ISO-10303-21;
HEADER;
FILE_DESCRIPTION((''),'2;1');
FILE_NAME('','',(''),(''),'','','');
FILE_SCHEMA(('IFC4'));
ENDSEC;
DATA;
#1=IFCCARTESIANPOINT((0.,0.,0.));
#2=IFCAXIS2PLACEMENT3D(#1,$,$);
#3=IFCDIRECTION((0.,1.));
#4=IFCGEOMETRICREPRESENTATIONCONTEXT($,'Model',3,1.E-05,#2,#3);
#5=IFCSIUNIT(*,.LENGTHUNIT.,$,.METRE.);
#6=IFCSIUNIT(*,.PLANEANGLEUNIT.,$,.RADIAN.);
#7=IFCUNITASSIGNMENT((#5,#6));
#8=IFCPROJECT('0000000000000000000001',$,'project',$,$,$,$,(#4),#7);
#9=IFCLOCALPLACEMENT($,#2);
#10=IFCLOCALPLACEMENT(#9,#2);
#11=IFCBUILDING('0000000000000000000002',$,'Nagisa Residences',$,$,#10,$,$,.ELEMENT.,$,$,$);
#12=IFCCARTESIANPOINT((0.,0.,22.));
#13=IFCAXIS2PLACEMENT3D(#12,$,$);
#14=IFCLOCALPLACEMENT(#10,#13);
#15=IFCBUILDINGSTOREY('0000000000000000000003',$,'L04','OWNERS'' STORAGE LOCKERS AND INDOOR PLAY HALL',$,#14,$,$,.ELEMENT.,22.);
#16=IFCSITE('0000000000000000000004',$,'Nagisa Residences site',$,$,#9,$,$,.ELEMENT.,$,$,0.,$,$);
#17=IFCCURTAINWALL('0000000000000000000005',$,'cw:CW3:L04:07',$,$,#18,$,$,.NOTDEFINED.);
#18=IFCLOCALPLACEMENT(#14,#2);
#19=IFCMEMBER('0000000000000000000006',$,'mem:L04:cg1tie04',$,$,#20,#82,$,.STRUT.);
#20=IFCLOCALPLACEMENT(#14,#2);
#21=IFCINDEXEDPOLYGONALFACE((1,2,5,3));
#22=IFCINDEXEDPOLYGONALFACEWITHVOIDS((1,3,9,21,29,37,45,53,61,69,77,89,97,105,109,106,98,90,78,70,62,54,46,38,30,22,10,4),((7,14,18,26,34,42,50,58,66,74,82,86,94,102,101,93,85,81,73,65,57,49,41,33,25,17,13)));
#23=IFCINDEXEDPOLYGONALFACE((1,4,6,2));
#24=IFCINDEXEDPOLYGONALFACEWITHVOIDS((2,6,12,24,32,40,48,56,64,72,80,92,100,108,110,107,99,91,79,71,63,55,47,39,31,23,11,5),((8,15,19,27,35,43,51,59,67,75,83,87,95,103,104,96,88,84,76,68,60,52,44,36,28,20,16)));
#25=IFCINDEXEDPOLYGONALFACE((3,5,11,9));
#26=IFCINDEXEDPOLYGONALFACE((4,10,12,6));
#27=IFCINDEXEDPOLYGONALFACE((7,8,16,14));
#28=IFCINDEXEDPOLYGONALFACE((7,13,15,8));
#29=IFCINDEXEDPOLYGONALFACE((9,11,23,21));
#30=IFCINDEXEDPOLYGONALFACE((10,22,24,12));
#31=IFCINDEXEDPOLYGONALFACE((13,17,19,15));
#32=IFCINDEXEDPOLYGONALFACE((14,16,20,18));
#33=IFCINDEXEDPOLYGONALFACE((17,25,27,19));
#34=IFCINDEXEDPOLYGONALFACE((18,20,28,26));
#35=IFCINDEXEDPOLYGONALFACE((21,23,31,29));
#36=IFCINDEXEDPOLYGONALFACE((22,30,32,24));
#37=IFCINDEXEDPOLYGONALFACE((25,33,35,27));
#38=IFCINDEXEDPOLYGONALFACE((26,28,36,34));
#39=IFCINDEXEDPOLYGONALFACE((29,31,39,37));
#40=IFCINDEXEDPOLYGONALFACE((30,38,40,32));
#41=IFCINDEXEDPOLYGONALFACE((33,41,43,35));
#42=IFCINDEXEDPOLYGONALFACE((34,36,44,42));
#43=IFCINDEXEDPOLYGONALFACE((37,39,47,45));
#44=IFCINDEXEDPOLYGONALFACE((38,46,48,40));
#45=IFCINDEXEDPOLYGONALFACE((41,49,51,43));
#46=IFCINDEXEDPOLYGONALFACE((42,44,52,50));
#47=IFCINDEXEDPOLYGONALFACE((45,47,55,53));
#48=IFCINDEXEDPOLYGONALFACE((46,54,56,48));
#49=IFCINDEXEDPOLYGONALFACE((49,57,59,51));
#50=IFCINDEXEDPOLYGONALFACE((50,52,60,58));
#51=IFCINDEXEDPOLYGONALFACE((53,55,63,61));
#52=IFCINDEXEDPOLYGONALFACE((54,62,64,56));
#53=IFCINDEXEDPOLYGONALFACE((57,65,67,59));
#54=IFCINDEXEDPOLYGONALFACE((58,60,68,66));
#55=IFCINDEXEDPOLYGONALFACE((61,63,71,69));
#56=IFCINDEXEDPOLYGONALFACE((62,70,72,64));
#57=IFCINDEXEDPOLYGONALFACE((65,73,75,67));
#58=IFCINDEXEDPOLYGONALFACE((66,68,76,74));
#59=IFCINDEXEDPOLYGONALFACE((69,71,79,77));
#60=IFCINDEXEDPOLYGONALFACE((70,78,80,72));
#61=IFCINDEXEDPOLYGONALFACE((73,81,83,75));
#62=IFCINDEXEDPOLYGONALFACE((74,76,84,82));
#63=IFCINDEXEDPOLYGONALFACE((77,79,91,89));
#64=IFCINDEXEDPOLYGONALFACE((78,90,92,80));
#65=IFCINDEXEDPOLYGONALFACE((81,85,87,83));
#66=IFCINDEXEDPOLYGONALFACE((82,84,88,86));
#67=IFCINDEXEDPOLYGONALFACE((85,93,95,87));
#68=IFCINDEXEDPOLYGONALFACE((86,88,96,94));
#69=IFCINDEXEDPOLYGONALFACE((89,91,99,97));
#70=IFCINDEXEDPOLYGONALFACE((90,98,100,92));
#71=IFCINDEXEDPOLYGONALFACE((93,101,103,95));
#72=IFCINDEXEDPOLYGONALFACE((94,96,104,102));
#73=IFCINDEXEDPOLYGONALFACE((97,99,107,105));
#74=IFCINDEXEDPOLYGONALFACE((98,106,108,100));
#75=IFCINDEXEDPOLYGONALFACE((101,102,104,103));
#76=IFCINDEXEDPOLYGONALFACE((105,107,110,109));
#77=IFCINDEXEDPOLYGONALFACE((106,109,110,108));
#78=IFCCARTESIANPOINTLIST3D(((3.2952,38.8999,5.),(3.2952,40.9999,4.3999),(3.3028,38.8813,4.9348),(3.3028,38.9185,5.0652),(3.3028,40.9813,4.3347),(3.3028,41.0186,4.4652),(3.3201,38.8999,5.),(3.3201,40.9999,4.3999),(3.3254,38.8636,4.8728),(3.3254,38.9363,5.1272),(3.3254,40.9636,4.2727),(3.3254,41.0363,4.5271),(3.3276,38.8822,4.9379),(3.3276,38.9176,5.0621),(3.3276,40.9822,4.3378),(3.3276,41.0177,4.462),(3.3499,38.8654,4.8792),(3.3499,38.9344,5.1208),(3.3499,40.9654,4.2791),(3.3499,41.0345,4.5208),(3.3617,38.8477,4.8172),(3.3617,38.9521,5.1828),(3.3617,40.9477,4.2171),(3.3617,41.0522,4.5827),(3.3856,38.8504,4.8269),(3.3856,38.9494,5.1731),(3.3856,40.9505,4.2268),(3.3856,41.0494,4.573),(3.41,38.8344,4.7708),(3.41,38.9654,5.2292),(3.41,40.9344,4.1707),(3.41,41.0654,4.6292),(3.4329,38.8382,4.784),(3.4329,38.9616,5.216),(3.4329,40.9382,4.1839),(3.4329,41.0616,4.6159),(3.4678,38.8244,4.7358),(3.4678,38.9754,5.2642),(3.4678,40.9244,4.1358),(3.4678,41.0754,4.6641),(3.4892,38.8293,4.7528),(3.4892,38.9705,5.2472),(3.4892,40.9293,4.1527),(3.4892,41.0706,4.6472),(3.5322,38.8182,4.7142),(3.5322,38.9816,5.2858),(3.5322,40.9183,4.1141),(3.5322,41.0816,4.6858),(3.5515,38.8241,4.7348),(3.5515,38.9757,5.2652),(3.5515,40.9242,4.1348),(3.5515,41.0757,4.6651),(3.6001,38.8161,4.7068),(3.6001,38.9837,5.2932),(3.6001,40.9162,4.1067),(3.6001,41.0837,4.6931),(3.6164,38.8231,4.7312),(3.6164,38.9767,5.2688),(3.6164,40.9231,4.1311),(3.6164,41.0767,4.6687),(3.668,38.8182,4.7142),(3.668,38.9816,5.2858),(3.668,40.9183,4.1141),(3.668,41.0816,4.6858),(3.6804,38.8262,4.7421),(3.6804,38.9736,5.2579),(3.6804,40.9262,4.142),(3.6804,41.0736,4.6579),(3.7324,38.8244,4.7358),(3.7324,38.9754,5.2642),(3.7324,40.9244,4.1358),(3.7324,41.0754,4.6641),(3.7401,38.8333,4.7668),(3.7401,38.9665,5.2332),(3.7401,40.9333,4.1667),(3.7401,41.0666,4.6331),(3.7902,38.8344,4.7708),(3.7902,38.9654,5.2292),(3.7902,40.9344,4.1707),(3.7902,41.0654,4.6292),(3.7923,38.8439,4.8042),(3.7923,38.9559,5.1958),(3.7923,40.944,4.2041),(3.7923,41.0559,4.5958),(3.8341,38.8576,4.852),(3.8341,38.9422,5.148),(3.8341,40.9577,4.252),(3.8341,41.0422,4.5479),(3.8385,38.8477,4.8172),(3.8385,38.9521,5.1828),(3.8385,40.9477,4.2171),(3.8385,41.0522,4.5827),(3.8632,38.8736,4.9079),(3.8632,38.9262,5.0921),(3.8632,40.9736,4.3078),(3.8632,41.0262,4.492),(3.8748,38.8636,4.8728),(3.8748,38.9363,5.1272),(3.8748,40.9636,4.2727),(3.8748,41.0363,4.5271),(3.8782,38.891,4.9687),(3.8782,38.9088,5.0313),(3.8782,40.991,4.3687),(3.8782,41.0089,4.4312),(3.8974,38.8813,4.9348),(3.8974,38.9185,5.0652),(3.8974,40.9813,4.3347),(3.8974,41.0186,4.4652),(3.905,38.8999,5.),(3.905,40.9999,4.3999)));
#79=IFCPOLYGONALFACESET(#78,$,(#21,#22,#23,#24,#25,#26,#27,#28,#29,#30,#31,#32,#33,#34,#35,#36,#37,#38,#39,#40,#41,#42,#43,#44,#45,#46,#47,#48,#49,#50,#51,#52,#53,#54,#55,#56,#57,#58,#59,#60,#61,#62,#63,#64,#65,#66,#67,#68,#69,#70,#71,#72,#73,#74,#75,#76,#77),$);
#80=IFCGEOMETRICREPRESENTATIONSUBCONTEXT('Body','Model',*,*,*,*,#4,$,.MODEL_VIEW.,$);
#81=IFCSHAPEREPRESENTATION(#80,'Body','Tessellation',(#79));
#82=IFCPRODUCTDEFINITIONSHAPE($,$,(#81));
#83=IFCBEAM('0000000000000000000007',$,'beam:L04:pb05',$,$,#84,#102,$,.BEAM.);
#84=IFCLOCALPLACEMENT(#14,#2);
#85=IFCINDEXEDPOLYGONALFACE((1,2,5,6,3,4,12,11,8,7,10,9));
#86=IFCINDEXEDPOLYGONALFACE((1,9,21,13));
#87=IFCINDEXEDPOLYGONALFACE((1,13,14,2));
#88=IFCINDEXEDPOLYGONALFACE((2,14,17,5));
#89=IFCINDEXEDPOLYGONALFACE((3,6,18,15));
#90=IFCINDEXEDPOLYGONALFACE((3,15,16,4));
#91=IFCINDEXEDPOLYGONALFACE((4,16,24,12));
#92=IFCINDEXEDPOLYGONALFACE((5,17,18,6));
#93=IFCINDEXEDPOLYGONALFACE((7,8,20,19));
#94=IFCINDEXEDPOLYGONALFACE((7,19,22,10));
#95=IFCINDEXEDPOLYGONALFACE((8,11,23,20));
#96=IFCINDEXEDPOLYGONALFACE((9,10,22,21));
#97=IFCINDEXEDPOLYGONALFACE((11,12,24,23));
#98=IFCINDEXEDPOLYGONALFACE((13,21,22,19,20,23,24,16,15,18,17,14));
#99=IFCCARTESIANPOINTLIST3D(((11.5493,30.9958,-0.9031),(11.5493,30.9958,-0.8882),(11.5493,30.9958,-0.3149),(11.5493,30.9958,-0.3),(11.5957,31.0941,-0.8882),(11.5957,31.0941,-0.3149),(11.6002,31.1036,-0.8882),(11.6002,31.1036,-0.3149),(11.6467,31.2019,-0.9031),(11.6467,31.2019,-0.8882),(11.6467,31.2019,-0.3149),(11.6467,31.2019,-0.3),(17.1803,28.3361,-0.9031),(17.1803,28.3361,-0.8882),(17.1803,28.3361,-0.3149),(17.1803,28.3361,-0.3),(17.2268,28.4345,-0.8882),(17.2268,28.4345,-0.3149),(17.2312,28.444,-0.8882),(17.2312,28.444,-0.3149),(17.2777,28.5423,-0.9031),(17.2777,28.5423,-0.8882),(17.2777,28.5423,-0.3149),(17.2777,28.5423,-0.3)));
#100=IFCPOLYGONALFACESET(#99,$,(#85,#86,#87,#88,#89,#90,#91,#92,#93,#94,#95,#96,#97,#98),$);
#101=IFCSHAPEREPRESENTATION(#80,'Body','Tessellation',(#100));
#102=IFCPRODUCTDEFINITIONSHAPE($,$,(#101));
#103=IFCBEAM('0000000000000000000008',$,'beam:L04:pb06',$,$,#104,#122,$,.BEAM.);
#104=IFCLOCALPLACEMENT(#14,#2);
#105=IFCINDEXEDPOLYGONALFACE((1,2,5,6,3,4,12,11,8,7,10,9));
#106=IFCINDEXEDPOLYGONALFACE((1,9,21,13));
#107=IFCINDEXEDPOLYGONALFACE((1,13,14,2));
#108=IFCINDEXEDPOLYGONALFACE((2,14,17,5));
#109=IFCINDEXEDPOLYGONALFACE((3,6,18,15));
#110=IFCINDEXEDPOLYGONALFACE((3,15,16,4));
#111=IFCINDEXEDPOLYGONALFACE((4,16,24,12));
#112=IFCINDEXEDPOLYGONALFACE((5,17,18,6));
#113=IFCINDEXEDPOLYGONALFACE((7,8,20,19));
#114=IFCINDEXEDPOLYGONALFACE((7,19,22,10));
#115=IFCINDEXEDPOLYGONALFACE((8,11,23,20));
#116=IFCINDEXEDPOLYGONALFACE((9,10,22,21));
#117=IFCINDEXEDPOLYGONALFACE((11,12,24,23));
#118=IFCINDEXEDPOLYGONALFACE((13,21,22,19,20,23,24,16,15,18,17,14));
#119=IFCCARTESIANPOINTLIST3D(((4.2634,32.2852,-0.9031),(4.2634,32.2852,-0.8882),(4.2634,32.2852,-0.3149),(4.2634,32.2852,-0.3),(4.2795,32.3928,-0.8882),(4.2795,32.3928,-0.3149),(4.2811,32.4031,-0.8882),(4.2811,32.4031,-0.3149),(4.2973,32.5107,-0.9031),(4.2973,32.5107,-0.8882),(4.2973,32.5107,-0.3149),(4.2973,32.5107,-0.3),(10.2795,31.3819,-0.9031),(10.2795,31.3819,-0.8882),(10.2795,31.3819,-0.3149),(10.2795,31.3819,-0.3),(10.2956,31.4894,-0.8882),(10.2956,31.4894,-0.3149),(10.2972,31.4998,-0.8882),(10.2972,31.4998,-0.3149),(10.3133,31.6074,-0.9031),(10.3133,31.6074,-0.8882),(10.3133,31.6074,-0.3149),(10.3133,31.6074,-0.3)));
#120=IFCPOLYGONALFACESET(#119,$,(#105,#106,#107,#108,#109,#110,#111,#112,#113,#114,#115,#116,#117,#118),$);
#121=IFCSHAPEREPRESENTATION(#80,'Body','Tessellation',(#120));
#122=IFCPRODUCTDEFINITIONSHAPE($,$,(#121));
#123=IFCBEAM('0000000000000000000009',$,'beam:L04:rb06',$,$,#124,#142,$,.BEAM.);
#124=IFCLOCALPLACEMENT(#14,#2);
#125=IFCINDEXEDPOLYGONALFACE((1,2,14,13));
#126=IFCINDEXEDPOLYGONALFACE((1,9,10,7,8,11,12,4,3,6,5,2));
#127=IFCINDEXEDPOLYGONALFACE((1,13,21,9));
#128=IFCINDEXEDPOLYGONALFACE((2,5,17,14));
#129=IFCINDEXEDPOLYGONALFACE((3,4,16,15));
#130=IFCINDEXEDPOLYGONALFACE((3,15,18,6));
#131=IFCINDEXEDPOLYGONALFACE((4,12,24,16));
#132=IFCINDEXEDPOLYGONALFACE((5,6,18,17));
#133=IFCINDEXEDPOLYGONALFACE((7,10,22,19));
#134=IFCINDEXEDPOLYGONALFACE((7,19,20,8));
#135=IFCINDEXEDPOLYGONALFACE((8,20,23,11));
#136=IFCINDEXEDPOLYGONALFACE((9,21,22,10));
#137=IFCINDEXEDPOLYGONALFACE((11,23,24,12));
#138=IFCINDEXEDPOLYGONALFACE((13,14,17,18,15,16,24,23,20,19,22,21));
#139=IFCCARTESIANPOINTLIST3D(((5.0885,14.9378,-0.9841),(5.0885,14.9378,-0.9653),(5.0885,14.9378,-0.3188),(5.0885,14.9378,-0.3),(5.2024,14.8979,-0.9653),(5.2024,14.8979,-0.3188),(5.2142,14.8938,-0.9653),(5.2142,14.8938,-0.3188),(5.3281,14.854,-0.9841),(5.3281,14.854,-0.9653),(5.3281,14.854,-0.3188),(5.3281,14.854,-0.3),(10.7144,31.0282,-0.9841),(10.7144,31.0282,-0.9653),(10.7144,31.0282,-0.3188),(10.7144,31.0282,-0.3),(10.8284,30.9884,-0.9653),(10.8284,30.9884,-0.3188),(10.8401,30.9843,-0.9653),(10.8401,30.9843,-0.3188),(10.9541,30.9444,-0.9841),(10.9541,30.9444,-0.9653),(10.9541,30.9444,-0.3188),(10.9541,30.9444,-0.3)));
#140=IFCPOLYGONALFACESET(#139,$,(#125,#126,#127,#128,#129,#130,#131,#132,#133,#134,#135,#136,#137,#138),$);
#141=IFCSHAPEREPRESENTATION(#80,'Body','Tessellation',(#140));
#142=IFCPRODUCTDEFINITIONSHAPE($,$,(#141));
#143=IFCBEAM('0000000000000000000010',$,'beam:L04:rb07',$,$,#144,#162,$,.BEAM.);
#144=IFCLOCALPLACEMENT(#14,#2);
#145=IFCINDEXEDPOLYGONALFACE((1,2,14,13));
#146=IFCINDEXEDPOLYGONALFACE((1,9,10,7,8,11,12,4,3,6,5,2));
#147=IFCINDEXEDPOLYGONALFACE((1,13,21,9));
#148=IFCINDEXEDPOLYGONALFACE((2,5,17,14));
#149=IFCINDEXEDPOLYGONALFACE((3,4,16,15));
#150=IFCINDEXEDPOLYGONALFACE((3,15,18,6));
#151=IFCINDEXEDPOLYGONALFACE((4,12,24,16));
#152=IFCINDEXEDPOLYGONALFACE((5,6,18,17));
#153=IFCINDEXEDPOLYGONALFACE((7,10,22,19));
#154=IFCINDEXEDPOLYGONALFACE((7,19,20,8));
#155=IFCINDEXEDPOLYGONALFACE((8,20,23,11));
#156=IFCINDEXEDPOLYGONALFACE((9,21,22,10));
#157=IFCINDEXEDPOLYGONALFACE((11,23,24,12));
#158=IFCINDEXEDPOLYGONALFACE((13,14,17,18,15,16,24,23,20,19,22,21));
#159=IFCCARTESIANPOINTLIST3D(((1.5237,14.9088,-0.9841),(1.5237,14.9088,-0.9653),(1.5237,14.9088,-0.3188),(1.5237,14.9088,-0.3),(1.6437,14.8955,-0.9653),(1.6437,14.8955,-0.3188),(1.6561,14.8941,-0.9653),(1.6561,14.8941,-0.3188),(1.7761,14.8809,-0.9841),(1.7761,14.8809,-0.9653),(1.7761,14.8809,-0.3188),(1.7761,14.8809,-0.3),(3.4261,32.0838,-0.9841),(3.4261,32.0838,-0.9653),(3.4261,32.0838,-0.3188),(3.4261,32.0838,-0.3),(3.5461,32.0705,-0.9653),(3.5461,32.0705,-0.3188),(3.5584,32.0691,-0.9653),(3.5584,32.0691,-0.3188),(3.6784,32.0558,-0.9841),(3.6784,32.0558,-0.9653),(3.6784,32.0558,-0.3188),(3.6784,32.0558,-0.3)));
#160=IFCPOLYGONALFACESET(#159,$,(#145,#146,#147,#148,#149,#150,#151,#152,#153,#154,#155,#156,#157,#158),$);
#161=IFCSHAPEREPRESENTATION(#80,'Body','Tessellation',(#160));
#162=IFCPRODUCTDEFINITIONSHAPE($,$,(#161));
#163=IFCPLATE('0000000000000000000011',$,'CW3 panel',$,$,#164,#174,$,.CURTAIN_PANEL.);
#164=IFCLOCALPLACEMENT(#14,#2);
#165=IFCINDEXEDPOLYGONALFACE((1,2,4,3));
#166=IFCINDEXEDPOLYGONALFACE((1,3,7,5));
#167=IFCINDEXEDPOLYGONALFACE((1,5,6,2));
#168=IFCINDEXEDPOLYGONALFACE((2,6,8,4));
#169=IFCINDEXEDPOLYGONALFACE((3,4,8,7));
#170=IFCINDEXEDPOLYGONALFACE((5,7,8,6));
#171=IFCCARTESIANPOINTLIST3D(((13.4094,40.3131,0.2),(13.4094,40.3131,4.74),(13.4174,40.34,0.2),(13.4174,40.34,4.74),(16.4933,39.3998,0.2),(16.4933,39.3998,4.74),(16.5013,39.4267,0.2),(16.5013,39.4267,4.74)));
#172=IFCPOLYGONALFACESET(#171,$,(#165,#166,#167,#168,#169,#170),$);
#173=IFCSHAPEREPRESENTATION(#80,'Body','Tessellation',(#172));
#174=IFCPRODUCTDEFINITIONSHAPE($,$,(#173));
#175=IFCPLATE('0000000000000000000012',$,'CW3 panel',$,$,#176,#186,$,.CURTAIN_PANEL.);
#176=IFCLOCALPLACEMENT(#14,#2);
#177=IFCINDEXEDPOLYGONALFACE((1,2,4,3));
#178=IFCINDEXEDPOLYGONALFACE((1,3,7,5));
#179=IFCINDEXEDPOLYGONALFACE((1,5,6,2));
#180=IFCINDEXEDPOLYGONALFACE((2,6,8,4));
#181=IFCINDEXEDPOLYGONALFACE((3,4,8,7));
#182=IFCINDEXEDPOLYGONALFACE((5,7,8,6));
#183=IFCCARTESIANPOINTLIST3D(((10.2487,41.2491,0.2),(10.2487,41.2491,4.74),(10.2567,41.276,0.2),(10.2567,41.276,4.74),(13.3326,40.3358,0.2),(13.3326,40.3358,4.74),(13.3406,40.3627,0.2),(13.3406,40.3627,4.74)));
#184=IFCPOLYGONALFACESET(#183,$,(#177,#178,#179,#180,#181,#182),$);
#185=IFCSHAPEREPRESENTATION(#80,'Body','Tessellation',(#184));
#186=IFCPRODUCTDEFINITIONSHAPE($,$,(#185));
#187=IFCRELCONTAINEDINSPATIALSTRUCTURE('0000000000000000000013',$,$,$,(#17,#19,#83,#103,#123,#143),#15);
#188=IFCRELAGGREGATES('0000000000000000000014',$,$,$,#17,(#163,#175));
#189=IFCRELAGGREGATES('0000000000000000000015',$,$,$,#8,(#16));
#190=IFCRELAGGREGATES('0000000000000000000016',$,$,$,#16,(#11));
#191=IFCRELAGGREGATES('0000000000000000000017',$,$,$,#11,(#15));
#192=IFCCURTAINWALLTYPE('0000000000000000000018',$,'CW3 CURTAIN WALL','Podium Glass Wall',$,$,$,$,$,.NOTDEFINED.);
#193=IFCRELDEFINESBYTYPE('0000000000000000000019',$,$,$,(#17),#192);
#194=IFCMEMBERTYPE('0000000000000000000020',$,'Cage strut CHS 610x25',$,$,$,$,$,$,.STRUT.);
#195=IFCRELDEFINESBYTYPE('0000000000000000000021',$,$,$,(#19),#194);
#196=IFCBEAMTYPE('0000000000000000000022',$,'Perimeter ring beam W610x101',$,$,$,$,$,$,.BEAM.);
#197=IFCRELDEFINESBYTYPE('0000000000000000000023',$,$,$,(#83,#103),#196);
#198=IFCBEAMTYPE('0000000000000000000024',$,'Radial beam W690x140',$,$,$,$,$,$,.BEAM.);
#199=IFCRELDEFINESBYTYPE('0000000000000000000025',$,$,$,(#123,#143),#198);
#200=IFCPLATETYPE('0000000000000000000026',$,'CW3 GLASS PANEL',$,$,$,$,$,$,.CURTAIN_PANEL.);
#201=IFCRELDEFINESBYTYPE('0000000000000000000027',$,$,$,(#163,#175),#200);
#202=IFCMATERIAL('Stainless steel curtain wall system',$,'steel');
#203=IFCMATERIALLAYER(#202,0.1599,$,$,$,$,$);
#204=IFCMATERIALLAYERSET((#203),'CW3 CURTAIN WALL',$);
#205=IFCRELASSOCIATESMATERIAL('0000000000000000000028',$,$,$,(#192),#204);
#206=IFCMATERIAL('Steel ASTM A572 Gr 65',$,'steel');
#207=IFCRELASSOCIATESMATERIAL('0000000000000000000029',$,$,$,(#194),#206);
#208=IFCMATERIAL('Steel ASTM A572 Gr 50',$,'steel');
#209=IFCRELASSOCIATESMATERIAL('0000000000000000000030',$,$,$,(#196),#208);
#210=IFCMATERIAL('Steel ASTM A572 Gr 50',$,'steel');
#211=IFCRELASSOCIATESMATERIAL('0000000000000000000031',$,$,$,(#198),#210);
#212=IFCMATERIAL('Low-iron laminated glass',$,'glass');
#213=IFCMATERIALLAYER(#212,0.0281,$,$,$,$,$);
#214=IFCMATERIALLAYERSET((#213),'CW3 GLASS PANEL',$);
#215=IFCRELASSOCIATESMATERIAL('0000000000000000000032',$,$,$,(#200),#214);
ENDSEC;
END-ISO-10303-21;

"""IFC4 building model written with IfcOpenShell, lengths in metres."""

from ifc_helpers import new_model, si_unit, direction, frame, origin, origin_2d, place, context, subcontext, project, spatial, rectangle, hollow_circle, i_section, extrude, material, layer, layer_set, material_profile, profile_set, type_object, element, aggregate, save


model = new_model("IFC4")

# Units and contexts
model_context = context("Model", 3, precision=1e-05, world=origin(), true_north=direction((0.0, 1.0)))
body_context = subcontext(model_context, "Body", "Model", "MODEL_VIEW")
ifc_project = project(units=[si_unit("LENGTHUNIT", "METRE"), si_unit("PLANEANGLEUNIT", "RADIAN")], contexts=[model_context])

# Site, building, storey
site_placement = place(None, origin())
site = spatial("IfcSite", under=ifc_project, at=site_placement, Name="Nagisa Residences site", CompositionType="ELEMENT", RefElevation=0.0)
building_placement = place(site_placement, origin())
building = spatial("IfcBuilding", under=site, at=building_placement, Name="Nagisa Residences", CompositionType="ELEMENT")
storey_placement = place(building_placement, frame((0.0, 0.0, 22.0)))
storey = spatial("IfcBuildingStorey", under=building, at=storey_placement, Name="L04", Description="OWNERS' STORAGE LOCKERS AND INDOOR PLAY HALL", CompositionType="ELEMENT", Elevation=22.0)

# Shared definitions
ifc_material_1 = material(Name="Stainless steel curtain wall system", Category="steel")
ifc_layer_1 = layer(ifc_material_1, 0.1599)
ifc_layer_set_1 = layer_set([ifc_layer_1], Name="CW3 CURTAIN WALL")
curtain_wall_type_1 = type_object("IfcCurtainWallType", Name="CW3 CURTAIN WALL", Description="Podium Glass Wall", PredefinedType="NOTDEFINED", material=ifc_layer_set_1)

# Curtain wall
curtain_wall_1_placement = place(storey_placement, origin())
curtain_wall_1 = element("IfcCurtainWall", 1, at=curtain_wall_1_placement, inside=storey, type_object=curtain_wall_type_1, Name="cw:CW3:L04:07", PredefinedType="NOTDEFINED")

# Member
ifc_material_2 = material(Name="Steel ASTM A572 Gr 65", Category="steel")
ifc_material_profile_1 = material_profile(ifc_material_2, hollow_circle(Radius=0.3049, WallThickness=0.0249, at=origin_2d()), Name="CHS 610x25")
ifc_profile_set_1 = profile_set([ifc_material_profile_1], Name="Steel ASTM A572 Gr 65")
member_type_1 = type_object("IfcMemberType", Name="Cage strut CHS 610x25", PredefinedType="STRUT", material=ifc_profile_set_1)
member_1_placement = place(storey_placement, frame((3.6001, 38.8999, 5.0), z_axis=(0.0, 0.961516, -0.274751), x_axis=(-1.0, 0.0, 0.0)))
element("IfcMember", 2, at=member_1_placement, inside=storey, type_object=member_type_1, Name="mem:L04:cg1tie04", PredefinedType="STRUT", context=body_context, shape_type="SweptSolid", body=[
    extrude(hollow_circle(Radius=0.3049, WallThickness=0.0249, at=origin_2d()), origin(), (0.0, 0.0, 1.0), 2.1841),
])

# Beams
ifc_material_3 = material(Name="Steel ASTM A572 Gr 50", Category="steel")
ifc_material_profile_2 = material_profile(ifc_material_3, i_section(OverallWidth=0.228, OverallDepth=0.603, WebThickness=0.0105, FlangeThickness=0.0149, at=origin_2d()), Name="W610x101")
ifc_profile_set_2 = profile_set([ifc_material_profile_2], Name="Steel ASTM A572 Gr 50")
beam_type_1 = type_object("IfcBeamType", Name="Perimeter ring beam W610x101", PredefinedType="BEAM", material=ifc_profile_set_2)
beam_1_placement = place(storey_placement, frame((17.229, 28.4392, -0.6016), z_axis=(-0.904215, 0.427077, 0.0), x_axis=(-0.427077, -0.904215, 0.0)))
element("IfcBeam", 3, at=beam_1_placement, inside=storey, type_object=beam_type_1, Name="beam:L04:pb05", PredefinedType="BEAM", context=body_context, shape_type="SweptSolid", body=[
    extrude(i_section(OverallWidth=0.228, OverallDepth=0.603, WebThickness=0.0105, FlangeThickness=0.0149, at=origin_2d()), origin(), (0.0, 0.0, 1.0), 6.2275),
])
beam_2_placement = place(storey_placement, frame((10.2964, 31.4946, -0.6016), z_axis=(-0.988915, 0.148486, 0.0), x_axis=(-0.148486, -0.988915, 0.0)))
element("IfcBeam", 4, at=beam_2_placement, inside=storey, type_object=beam_type_1, Name="beam:L04:pb06", PredefinedType="BEAM", context=body_context, shape_type="SweptSolid", body=[
    extrude(i_section(OverallWidth=0.228, OverallDepth=0.603, WebThickness=0.0105, FlangeThickness=0.0149, at=origin_2d()), origin(), (0.0, 0.0, 1.0), 6.0835),
])
ifc_material_4 = material(Name="Steel ASTM A572 Gr 50", Category="steel")
ifc_material_profile_3 = material_profile(ifc_material_4, i_section(OverallWidth=0.2539, OverallDepth=0.6841, WebThickness=0.0125, FlangeThickness=0.0188, at=origin_2d()), Name="W690x140")
ifc_profile_set_3 = profile_set([ifc_material_profile_3], Name="Steel ASTM A572 Gr 50")
beam_type_2 = type_object("IfcBeamType", Name="Radial beam W690x140", PredefinedType="BEAM", material=ifc_profile_set_3)
beam_3_placement = place(storey_placement, frame((10.8342, 30.9863, -0.6421), z_axis=(-0.330051, -0.943963, 0.0), x_axis=(0.943963, -0.330051, 0.0)))
element("IfcBeam", 5, at=beam_3_placement, inside=storey, type_object=beam_type_2, Name="beam:L04:rb06", PredefinedType="BEAM", context=body_context, shape_type="SweptSolid", body=[
    extrude(i_section(OverallWidth=0.2539, OverallDepth=0.6841, WebThickness=0.0125, FlangeThickness=0.0188, at=origin_2d()), origin(), (0.0, 0.0, 1.0), 17.0457),
])
beam_4_placement = place(storey_placement, frame((3.5522, 32.0698, -0.6421), z_axis=(-0.110089, -0.993922, 0.0), x_axis=(0.993922, -0.110089, 0.0)))
element("IfcBeam", 6, at=beam_4_placement, inside=storey, type_object=beam_type_2, Name="beam:L04:rb07", PredefinedType="BEAM", context=body_context, shape_type="SweptSolid", body=[
    extrude(i_section(OverallWidth=0.2539, OverallDepth=0.6841, WebThickness=0.0125, FlangeThickness=0.0188, at=origin_2d()), origin(), (0.0, 0.0, 1.0), 17.28),
])

# Plates
ifc_material_5 = material(Name="Low-iron laminated glass", Category="glass")
ifc_layer_2 = layer(ifc_material_5, 0.0281)
ifc_layer_set_2 = layer_set([ifc_layer_2], Name="CW3 GLASS PANEL")
plate_type_1 = type_object("IfcPlateType", Name="CW3 GLASS PANEL", PredefinedType="CURTAIN_PANEL", material=ifc_layer_set_2)
plate_1_placement = place(storey_placement, frame((14.9553, 39.8699, 0.2), z_axis=(0.0, 0.0, 1.0), x_axis=(-0.958835, 0.283963, 0.0)))
plate_1 = element("IfcPlate", 7, at=plate_1_placement, type_object=plate_type_1, Name="CW3 panel", PredefinedType="CURTAIN_PANEL", context=body_context, shape_type="SweptSolid", body=[
    extrude(rectangle(XDim=3.2163, YDim=0.0281, at=origin_2d()), origin(), (0.0, 0.0, 1.0), 4.54),
])
plate_2_placement = place(storey_placement, frame((11.7947, 40.8059, 0.2), z_axis=(0.0, 0.0, 1.0), x_axis=(-0.958835, 0.283963, 0.0)))
plate_2 = element("IfcPlate", 8, at=plate_2_placement, type_object=plate_type_1, Name="CW3 panel", PredefinedType="CURTAIN_PANEL", context=body_context, shape_type="SweptSolid", body=[
    extrude(rectangle(XDim=3.2163, YDim=0.0281, at=origin_2d()), origin(), (0.0, 0.0, 1.0), 4.54),
])
aggregate(curtain_wall_1, [plate_1, plate_2])

save(model, "model.ifc")
